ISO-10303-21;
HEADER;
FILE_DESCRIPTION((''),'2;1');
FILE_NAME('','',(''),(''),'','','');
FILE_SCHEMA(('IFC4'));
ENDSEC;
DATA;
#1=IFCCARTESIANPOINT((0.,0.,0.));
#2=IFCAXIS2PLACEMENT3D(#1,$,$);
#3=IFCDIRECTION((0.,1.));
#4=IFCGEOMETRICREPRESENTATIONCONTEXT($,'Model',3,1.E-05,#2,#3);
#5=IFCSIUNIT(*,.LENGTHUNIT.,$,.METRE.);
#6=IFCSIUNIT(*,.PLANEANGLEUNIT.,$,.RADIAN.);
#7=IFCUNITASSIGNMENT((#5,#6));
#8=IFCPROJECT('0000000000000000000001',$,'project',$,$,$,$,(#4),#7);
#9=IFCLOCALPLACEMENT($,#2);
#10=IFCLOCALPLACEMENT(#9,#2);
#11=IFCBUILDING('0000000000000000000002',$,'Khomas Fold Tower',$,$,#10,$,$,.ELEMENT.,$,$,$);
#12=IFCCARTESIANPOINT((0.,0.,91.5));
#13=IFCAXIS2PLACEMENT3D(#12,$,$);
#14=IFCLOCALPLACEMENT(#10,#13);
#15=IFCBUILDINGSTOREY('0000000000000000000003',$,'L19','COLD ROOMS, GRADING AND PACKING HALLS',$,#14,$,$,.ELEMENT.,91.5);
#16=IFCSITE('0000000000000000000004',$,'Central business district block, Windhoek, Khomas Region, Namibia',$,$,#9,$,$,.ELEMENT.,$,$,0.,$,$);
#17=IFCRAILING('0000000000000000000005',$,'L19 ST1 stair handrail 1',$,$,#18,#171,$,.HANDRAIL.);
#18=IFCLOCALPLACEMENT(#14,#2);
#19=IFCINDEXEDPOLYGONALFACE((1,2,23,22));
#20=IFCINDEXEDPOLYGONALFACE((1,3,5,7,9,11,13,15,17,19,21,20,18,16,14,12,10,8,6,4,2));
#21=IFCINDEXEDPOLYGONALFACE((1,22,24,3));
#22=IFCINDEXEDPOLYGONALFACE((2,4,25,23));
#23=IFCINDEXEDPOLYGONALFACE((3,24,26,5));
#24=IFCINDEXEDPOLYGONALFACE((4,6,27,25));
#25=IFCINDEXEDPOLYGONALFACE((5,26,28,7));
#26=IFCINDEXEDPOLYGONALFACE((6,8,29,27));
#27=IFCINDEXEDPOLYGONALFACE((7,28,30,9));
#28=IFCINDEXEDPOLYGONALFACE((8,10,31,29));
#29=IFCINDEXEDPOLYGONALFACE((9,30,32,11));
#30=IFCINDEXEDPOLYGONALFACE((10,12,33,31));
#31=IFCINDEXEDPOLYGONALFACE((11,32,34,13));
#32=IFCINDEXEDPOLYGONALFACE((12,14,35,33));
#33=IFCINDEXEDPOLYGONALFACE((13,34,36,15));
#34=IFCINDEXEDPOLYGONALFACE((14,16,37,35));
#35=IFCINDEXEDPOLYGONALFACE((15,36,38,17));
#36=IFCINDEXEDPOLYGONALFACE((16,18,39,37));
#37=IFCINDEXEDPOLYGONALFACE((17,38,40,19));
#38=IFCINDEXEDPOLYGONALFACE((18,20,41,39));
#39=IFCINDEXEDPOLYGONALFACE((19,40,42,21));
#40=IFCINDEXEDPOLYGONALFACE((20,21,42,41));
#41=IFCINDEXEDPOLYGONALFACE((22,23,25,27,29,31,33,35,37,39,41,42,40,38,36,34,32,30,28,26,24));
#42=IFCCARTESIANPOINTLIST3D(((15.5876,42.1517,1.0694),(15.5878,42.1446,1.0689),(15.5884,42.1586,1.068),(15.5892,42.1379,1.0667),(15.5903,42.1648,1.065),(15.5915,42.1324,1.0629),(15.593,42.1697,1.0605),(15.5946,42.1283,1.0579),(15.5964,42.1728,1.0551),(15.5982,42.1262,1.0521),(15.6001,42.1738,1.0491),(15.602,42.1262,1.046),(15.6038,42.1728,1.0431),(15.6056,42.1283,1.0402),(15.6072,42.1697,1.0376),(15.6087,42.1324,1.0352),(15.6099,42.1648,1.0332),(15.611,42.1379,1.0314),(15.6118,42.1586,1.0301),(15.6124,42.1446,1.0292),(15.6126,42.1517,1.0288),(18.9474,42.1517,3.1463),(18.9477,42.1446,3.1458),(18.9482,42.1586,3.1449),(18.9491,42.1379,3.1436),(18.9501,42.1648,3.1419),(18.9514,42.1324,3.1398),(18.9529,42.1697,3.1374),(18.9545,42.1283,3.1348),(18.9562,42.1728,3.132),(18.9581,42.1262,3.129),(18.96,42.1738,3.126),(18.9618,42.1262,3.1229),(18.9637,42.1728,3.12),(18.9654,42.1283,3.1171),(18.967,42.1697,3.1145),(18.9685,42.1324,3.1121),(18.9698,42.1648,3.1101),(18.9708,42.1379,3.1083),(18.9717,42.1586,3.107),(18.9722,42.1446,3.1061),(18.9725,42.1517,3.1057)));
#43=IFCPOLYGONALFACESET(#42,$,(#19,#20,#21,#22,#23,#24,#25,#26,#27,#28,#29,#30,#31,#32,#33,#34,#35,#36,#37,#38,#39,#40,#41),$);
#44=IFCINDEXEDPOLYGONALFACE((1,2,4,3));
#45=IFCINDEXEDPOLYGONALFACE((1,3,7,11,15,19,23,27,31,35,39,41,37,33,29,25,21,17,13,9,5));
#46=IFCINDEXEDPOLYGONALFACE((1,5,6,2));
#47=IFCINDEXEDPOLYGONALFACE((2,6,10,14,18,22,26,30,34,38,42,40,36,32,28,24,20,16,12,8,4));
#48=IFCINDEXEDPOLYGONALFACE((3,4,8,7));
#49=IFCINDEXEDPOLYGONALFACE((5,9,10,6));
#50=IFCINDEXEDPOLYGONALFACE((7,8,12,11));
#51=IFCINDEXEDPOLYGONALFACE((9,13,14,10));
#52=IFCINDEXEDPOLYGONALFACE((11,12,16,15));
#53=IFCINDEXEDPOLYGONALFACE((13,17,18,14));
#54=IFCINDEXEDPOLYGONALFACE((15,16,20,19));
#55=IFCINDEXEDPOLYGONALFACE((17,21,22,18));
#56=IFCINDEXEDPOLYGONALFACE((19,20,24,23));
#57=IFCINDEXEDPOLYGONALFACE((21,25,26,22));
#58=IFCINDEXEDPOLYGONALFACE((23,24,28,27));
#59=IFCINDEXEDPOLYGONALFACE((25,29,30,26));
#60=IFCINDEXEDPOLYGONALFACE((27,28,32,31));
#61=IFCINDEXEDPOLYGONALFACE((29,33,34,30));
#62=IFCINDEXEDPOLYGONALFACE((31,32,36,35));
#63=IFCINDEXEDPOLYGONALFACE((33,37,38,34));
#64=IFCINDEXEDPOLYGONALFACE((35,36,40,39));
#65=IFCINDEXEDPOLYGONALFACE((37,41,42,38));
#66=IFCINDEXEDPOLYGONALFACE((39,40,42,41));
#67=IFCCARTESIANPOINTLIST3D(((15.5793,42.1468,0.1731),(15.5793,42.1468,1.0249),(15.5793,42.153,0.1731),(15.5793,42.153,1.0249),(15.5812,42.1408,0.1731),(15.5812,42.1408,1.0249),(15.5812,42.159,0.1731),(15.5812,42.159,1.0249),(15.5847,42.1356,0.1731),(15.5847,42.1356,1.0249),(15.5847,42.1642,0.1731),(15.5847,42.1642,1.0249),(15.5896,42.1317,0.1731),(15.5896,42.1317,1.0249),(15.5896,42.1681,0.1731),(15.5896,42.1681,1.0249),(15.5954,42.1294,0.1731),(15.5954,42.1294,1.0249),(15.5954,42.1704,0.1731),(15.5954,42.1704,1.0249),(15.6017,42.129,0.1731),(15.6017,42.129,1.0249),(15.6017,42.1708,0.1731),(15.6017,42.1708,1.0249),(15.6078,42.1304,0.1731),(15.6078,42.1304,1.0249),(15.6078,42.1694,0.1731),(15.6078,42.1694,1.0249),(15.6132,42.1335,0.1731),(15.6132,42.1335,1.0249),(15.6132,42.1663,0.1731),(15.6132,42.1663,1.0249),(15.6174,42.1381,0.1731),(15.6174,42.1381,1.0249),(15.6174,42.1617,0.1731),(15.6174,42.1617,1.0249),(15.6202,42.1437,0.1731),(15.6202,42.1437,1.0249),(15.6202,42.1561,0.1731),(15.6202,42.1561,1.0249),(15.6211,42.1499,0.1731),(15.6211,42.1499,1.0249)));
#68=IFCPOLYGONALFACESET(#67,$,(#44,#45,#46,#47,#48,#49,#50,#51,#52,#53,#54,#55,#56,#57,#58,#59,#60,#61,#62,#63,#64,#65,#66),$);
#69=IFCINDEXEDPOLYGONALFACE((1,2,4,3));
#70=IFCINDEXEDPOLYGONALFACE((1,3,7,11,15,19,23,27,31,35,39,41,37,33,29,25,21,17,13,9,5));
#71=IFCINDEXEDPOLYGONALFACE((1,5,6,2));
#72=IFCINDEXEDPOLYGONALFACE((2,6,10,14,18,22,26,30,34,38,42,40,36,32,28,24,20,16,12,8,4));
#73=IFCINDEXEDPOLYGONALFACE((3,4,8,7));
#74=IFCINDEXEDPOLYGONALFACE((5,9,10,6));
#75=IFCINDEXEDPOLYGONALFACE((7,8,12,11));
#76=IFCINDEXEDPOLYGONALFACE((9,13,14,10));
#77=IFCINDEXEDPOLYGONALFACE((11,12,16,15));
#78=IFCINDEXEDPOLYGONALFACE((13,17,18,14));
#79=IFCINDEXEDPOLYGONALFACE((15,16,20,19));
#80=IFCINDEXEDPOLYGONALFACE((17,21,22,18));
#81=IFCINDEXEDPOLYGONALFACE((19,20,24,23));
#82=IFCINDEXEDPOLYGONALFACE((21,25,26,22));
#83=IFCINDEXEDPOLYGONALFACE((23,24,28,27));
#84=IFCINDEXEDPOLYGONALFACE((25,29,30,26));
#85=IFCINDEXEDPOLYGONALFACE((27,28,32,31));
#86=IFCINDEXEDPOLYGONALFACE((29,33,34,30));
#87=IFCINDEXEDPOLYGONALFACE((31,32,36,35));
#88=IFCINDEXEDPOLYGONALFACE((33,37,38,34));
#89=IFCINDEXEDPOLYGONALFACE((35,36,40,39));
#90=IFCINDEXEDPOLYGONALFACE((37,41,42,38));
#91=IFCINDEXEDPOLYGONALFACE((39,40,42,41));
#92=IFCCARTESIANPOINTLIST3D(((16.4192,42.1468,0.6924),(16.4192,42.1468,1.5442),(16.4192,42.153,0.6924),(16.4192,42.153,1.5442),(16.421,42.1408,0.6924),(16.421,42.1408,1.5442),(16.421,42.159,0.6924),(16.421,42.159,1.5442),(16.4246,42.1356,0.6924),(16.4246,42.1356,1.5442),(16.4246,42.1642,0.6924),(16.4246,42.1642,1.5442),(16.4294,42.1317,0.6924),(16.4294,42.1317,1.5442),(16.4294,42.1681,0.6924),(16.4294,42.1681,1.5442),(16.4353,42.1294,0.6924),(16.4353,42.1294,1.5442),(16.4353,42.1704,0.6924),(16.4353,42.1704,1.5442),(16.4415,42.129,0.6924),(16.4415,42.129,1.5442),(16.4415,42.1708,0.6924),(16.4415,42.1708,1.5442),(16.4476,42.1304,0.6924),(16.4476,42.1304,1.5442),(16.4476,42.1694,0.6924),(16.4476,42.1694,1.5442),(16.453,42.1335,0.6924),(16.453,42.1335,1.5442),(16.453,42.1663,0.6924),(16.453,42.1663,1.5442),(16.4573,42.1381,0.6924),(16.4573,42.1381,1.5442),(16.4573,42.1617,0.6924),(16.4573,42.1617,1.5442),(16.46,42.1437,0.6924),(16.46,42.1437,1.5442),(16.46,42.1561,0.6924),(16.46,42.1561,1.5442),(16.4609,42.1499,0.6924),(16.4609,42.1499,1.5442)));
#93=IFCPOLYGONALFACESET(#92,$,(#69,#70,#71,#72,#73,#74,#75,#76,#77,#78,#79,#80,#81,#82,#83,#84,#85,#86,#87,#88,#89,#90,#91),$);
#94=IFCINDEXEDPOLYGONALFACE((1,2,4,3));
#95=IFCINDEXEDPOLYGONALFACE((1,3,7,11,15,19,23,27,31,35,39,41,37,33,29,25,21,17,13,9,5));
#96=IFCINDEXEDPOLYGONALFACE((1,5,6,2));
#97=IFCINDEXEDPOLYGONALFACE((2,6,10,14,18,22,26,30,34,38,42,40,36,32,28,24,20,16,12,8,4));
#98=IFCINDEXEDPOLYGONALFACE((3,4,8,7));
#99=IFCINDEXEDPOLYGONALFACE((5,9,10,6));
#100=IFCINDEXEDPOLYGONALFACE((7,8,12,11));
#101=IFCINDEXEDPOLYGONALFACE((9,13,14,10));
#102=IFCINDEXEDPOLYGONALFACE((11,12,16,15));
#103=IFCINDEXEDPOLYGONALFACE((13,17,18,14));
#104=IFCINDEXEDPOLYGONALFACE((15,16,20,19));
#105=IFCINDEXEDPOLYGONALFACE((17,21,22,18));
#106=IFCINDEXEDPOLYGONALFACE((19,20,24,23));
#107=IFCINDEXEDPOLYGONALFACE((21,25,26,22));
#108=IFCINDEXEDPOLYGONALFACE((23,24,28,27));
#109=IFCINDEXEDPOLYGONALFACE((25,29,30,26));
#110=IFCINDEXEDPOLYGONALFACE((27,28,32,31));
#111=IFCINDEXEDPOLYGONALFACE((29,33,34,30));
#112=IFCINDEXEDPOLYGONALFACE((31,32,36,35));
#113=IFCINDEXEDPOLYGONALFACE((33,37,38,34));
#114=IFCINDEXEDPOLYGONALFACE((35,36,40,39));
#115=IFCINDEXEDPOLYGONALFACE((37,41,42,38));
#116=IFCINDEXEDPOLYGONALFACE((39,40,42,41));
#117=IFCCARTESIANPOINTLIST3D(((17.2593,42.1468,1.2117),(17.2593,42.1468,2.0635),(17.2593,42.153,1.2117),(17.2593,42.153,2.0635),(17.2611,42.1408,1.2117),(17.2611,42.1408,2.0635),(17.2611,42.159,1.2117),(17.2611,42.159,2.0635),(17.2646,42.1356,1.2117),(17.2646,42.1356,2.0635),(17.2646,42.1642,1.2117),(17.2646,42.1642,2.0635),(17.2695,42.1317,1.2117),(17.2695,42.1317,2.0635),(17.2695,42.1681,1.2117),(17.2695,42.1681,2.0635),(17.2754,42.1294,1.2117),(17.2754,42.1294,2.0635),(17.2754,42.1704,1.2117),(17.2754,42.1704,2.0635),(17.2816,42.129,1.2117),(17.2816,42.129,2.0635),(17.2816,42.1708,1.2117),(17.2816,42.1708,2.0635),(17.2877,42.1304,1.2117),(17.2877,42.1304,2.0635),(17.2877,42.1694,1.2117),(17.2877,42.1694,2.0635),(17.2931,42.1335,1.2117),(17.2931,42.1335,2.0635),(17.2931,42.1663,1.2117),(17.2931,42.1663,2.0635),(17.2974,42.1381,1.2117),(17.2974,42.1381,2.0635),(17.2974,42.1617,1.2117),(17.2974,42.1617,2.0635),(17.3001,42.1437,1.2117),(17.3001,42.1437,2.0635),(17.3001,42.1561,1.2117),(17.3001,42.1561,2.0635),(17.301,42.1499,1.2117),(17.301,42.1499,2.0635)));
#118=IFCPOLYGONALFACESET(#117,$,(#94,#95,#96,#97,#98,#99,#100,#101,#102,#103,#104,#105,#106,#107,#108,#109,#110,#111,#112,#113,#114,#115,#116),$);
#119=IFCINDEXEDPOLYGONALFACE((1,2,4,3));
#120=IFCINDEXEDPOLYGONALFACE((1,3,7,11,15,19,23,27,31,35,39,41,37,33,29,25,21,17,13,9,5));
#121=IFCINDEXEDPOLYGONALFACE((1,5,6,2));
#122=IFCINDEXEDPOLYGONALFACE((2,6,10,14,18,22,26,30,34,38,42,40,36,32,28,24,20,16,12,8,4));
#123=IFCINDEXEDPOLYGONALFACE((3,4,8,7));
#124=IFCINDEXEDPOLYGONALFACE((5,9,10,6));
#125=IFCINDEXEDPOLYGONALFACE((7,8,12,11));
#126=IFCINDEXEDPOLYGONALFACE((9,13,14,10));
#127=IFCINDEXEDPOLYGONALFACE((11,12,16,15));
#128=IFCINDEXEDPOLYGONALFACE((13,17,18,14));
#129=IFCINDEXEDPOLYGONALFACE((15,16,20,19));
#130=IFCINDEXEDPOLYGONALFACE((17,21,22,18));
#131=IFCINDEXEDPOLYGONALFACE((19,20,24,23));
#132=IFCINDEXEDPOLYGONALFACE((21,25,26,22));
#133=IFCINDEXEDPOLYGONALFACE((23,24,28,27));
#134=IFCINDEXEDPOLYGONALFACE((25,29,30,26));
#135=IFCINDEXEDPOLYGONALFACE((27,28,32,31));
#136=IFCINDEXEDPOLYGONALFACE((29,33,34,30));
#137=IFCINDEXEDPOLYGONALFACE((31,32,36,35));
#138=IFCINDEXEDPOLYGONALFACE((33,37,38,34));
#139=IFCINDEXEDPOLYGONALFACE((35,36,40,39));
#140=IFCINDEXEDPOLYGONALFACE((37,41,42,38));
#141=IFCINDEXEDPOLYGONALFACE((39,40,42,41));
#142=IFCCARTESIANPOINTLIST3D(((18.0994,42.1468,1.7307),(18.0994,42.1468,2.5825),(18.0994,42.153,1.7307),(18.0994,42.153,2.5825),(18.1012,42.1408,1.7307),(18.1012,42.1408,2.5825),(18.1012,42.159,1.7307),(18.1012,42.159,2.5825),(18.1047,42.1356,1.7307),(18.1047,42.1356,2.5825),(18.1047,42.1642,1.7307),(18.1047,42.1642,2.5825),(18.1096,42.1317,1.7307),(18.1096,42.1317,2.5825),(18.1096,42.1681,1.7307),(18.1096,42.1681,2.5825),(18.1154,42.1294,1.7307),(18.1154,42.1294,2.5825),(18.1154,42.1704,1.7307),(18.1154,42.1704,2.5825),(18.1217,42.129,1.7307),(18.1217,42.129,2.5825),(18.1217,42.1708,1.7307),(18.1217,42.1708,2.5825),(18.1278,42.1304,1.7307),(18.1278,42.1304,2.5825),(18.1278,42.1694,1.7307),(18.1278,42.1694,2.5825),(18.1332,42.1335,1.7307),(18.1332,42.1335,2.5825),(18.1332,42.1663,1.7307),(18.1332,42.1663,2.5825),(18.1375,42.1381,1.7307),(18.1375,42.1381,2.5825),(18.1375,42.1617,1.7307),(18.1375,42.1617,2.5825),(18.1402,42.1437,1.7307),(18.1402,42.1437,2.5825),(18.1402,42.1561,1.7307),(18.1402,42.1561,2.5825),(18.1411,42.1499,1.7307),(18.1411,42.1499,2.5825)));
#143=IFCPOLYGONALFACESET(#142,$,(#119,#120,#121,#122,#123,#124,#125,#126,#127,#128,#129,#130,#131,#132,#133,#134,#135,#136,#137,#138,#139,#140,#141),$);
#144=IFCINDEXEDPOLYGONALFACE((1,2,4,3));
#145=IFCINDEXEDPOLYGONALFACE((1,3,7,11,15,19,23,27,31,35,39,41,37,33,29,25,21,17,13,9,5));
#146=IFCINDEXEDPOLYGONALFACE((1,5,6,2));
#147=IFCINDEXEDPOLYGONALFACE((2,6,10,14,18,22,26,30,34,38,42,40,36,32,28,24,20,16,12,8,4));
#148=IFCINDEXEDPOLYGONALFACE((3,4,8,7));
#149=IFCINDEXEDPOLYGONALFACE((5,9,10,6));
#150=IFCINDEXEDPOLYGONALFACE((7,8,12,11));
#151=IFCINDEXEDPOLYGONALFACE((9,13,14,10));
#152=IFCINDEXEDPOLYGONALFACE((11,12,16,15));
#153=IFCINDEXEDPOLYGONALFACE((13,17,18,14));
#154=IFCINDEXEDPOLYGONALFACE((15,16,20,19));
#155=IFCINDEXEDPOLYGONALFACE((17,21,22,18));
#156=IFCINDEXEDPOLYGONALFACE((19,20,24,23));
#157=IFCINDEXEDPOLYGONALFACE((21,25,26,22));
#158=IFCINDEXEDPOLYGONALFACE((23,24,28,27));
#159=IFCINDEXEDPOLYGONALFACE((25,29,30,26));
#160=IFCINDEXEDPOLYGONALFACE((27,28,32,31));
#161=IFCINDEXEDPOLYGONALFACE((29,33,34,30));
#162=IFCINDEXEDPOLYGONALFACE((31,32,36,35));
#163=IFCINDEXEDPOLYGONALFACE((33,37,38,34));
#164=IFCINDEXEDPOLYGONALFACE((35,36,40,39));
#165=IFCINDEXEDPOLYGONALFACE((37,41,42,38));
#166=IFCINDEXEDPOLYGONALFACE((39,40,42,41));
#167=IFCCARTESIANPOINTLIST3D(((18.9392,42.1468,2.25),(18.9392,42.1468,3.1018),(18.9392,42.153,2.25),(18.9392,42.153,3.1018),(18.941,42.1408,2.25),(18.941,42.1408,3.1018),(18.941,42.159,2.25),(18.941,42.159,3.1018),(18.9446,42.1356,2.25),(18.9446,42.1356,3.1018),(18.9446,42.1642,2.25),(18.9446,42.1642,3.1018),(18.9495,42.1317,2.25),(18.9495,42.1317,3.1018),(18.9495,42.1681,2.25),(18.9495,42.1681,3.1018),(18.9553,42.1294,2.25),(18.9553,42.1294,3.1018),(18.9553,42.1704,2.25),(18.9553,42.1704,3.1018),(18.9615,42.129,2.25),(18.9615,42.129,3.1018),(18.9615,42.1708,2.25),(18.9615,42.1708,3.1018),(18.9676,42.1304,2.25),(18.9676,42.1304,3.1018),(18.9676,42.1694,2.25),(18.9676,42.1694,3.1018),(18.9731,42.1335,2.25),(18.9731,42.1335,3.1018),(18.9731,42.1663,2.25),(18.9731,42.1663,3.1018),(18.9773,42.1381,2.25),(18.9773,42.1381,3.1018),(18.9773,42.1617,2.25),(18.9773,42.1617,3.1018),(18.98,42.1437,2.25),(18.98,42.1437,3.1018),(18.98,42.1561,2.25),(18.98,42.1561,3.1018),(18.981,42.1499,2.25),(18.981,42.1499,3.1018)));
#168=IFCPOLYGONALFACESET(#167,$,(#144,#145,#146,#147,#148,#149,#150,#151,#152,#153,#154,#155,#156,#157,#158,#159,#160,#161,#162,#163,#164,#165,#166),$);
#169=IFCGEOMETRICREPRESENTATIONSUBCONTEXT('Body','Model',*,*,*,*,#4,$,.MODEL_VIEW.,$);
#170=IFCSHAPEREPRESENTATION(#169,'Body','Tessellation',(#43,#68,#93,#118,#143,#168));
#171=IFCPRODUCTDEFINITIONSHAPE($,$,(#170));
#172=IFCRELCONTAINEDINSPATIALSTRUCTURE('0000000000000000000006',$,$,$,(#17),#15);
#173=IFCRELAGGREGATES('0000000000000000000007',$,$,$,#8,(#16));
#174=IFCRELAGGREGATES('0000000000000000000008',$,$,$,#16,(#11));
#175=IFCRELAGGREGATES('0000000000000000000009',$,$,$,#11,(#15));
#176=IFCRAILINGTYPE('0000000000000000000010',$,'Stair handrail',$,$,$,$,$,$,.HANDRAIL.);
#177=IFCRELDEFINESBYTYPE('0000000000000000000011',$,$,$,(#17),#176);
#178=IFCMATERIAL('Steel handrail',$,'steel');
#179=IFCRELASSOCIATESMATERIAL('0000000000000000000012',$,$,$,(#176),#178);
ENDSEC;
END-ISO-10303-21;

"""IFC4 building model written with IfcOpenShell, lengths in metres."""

from ifc_helpers import new_model, si_unit, direction, frame, origin, origin_2d, place, context, subcontext, project, spatial, circle, extrude, source, transform, mapped, material, type_object, element, save


model = new_model("IFC4")

# Units and contexts
model_context = context("Model", 3, precision=1e-05, world=origin(), true_north=direction((0.0, 1.0)))
body_context = subcontext(model_context, "Body", "Model", "MODEL_VIEW")
ifc_project = project(units=[si_unit("LENGTHUNIT", "METRE"), si_unit("PLANEANGLEUNIT", "RADIAN")], contexts=[model_context])

# Site, building, storey
site_placement = place(None, origin())
site = spatial("IfcSite", under=ifc_project, at=site_placement, Name="Central business district block, Windhoek, Khomas Region, Namibia", CompositionType="ELEMENT", RefElevation=0.0)
building_placement = place(site_placement, origin())
building = spatial("IfcBuilding", under=site, at=building_placement, Name="Khomas Fold Tower", CompositionType="ELEMENT")
storey_placement = place(building_placement, frame((0.0, 0.0, 91.5)))
storey = spatial("IfcBuildingStorey", under=building, at=storey_placement, Name="L19", Description="COLD ROOMS, GRADING AND PACKING HALLS", CompositionType="ELEMENT", Elevation=91.5)

# Railing
ifc_material_1 = material(Name="Steel handrail", Category="steel")
railing_type_1 = type_object("IfcRailingType", Name="Stair handrail", PredefinedType="HANDRAIL", material=ifc_material_1)
shared_shape_1 = source(origin(), body_context, "Body", "SweptSolid", [
    extrude(circle(Radius=0.0239, at=origin_2d()), frame((0.0, 0.0, 0.876), z_axis=(0.850606, 0.0, 0.525803), x_axis=(0.0, 1.0, 0.0)), (0.0, 0.0, 1.0), 3.95),
    extrude(circle(Radius=0.021, at=origin_2d()), origin(), (0.0, 0.0, 1.0), 0.8518),
    extrude(circle(Radius=0.021, at=origin_2d()), frame((0.8398, 0.0, 0.5193)), (0.0, 0.0, 1.0), 0.8518),
    extrude(circle(Radius=0.021, at=origin_2d()), frame((1.6799, 0.0, 1.0386)), (0.0, 0.0, 1.0), 0.8518),
    extrude(circle(Radius=0.021, at=origin_2d()), frame((2.52, 0.0, 1.5576)), (0.0, 0.0, 1.0), 0.8518),
    extrude(circle(Radius=0.021, at=origin_2d()), frame((3.3599, 0.0, 2.0769)), (0.0, 0.0, 1.0), 0.8518),
])
railing_1_placement = place(storey_placement, frame((15.6001, 42.1499, 0.1731)))
element("IfcRailing", 1, at=railing_1_placement, inside=storey, type_object=railing_type_1, Name="L19 ST1 stair handrail 1", PredefinedType="HANDRAIL", context=body_context, shape_type="MappedRepresentation", body=[
    mapped(shared_shape_1, transform((0.0, 0.0, 0.0))),
])

save(model, "model.ifc")
